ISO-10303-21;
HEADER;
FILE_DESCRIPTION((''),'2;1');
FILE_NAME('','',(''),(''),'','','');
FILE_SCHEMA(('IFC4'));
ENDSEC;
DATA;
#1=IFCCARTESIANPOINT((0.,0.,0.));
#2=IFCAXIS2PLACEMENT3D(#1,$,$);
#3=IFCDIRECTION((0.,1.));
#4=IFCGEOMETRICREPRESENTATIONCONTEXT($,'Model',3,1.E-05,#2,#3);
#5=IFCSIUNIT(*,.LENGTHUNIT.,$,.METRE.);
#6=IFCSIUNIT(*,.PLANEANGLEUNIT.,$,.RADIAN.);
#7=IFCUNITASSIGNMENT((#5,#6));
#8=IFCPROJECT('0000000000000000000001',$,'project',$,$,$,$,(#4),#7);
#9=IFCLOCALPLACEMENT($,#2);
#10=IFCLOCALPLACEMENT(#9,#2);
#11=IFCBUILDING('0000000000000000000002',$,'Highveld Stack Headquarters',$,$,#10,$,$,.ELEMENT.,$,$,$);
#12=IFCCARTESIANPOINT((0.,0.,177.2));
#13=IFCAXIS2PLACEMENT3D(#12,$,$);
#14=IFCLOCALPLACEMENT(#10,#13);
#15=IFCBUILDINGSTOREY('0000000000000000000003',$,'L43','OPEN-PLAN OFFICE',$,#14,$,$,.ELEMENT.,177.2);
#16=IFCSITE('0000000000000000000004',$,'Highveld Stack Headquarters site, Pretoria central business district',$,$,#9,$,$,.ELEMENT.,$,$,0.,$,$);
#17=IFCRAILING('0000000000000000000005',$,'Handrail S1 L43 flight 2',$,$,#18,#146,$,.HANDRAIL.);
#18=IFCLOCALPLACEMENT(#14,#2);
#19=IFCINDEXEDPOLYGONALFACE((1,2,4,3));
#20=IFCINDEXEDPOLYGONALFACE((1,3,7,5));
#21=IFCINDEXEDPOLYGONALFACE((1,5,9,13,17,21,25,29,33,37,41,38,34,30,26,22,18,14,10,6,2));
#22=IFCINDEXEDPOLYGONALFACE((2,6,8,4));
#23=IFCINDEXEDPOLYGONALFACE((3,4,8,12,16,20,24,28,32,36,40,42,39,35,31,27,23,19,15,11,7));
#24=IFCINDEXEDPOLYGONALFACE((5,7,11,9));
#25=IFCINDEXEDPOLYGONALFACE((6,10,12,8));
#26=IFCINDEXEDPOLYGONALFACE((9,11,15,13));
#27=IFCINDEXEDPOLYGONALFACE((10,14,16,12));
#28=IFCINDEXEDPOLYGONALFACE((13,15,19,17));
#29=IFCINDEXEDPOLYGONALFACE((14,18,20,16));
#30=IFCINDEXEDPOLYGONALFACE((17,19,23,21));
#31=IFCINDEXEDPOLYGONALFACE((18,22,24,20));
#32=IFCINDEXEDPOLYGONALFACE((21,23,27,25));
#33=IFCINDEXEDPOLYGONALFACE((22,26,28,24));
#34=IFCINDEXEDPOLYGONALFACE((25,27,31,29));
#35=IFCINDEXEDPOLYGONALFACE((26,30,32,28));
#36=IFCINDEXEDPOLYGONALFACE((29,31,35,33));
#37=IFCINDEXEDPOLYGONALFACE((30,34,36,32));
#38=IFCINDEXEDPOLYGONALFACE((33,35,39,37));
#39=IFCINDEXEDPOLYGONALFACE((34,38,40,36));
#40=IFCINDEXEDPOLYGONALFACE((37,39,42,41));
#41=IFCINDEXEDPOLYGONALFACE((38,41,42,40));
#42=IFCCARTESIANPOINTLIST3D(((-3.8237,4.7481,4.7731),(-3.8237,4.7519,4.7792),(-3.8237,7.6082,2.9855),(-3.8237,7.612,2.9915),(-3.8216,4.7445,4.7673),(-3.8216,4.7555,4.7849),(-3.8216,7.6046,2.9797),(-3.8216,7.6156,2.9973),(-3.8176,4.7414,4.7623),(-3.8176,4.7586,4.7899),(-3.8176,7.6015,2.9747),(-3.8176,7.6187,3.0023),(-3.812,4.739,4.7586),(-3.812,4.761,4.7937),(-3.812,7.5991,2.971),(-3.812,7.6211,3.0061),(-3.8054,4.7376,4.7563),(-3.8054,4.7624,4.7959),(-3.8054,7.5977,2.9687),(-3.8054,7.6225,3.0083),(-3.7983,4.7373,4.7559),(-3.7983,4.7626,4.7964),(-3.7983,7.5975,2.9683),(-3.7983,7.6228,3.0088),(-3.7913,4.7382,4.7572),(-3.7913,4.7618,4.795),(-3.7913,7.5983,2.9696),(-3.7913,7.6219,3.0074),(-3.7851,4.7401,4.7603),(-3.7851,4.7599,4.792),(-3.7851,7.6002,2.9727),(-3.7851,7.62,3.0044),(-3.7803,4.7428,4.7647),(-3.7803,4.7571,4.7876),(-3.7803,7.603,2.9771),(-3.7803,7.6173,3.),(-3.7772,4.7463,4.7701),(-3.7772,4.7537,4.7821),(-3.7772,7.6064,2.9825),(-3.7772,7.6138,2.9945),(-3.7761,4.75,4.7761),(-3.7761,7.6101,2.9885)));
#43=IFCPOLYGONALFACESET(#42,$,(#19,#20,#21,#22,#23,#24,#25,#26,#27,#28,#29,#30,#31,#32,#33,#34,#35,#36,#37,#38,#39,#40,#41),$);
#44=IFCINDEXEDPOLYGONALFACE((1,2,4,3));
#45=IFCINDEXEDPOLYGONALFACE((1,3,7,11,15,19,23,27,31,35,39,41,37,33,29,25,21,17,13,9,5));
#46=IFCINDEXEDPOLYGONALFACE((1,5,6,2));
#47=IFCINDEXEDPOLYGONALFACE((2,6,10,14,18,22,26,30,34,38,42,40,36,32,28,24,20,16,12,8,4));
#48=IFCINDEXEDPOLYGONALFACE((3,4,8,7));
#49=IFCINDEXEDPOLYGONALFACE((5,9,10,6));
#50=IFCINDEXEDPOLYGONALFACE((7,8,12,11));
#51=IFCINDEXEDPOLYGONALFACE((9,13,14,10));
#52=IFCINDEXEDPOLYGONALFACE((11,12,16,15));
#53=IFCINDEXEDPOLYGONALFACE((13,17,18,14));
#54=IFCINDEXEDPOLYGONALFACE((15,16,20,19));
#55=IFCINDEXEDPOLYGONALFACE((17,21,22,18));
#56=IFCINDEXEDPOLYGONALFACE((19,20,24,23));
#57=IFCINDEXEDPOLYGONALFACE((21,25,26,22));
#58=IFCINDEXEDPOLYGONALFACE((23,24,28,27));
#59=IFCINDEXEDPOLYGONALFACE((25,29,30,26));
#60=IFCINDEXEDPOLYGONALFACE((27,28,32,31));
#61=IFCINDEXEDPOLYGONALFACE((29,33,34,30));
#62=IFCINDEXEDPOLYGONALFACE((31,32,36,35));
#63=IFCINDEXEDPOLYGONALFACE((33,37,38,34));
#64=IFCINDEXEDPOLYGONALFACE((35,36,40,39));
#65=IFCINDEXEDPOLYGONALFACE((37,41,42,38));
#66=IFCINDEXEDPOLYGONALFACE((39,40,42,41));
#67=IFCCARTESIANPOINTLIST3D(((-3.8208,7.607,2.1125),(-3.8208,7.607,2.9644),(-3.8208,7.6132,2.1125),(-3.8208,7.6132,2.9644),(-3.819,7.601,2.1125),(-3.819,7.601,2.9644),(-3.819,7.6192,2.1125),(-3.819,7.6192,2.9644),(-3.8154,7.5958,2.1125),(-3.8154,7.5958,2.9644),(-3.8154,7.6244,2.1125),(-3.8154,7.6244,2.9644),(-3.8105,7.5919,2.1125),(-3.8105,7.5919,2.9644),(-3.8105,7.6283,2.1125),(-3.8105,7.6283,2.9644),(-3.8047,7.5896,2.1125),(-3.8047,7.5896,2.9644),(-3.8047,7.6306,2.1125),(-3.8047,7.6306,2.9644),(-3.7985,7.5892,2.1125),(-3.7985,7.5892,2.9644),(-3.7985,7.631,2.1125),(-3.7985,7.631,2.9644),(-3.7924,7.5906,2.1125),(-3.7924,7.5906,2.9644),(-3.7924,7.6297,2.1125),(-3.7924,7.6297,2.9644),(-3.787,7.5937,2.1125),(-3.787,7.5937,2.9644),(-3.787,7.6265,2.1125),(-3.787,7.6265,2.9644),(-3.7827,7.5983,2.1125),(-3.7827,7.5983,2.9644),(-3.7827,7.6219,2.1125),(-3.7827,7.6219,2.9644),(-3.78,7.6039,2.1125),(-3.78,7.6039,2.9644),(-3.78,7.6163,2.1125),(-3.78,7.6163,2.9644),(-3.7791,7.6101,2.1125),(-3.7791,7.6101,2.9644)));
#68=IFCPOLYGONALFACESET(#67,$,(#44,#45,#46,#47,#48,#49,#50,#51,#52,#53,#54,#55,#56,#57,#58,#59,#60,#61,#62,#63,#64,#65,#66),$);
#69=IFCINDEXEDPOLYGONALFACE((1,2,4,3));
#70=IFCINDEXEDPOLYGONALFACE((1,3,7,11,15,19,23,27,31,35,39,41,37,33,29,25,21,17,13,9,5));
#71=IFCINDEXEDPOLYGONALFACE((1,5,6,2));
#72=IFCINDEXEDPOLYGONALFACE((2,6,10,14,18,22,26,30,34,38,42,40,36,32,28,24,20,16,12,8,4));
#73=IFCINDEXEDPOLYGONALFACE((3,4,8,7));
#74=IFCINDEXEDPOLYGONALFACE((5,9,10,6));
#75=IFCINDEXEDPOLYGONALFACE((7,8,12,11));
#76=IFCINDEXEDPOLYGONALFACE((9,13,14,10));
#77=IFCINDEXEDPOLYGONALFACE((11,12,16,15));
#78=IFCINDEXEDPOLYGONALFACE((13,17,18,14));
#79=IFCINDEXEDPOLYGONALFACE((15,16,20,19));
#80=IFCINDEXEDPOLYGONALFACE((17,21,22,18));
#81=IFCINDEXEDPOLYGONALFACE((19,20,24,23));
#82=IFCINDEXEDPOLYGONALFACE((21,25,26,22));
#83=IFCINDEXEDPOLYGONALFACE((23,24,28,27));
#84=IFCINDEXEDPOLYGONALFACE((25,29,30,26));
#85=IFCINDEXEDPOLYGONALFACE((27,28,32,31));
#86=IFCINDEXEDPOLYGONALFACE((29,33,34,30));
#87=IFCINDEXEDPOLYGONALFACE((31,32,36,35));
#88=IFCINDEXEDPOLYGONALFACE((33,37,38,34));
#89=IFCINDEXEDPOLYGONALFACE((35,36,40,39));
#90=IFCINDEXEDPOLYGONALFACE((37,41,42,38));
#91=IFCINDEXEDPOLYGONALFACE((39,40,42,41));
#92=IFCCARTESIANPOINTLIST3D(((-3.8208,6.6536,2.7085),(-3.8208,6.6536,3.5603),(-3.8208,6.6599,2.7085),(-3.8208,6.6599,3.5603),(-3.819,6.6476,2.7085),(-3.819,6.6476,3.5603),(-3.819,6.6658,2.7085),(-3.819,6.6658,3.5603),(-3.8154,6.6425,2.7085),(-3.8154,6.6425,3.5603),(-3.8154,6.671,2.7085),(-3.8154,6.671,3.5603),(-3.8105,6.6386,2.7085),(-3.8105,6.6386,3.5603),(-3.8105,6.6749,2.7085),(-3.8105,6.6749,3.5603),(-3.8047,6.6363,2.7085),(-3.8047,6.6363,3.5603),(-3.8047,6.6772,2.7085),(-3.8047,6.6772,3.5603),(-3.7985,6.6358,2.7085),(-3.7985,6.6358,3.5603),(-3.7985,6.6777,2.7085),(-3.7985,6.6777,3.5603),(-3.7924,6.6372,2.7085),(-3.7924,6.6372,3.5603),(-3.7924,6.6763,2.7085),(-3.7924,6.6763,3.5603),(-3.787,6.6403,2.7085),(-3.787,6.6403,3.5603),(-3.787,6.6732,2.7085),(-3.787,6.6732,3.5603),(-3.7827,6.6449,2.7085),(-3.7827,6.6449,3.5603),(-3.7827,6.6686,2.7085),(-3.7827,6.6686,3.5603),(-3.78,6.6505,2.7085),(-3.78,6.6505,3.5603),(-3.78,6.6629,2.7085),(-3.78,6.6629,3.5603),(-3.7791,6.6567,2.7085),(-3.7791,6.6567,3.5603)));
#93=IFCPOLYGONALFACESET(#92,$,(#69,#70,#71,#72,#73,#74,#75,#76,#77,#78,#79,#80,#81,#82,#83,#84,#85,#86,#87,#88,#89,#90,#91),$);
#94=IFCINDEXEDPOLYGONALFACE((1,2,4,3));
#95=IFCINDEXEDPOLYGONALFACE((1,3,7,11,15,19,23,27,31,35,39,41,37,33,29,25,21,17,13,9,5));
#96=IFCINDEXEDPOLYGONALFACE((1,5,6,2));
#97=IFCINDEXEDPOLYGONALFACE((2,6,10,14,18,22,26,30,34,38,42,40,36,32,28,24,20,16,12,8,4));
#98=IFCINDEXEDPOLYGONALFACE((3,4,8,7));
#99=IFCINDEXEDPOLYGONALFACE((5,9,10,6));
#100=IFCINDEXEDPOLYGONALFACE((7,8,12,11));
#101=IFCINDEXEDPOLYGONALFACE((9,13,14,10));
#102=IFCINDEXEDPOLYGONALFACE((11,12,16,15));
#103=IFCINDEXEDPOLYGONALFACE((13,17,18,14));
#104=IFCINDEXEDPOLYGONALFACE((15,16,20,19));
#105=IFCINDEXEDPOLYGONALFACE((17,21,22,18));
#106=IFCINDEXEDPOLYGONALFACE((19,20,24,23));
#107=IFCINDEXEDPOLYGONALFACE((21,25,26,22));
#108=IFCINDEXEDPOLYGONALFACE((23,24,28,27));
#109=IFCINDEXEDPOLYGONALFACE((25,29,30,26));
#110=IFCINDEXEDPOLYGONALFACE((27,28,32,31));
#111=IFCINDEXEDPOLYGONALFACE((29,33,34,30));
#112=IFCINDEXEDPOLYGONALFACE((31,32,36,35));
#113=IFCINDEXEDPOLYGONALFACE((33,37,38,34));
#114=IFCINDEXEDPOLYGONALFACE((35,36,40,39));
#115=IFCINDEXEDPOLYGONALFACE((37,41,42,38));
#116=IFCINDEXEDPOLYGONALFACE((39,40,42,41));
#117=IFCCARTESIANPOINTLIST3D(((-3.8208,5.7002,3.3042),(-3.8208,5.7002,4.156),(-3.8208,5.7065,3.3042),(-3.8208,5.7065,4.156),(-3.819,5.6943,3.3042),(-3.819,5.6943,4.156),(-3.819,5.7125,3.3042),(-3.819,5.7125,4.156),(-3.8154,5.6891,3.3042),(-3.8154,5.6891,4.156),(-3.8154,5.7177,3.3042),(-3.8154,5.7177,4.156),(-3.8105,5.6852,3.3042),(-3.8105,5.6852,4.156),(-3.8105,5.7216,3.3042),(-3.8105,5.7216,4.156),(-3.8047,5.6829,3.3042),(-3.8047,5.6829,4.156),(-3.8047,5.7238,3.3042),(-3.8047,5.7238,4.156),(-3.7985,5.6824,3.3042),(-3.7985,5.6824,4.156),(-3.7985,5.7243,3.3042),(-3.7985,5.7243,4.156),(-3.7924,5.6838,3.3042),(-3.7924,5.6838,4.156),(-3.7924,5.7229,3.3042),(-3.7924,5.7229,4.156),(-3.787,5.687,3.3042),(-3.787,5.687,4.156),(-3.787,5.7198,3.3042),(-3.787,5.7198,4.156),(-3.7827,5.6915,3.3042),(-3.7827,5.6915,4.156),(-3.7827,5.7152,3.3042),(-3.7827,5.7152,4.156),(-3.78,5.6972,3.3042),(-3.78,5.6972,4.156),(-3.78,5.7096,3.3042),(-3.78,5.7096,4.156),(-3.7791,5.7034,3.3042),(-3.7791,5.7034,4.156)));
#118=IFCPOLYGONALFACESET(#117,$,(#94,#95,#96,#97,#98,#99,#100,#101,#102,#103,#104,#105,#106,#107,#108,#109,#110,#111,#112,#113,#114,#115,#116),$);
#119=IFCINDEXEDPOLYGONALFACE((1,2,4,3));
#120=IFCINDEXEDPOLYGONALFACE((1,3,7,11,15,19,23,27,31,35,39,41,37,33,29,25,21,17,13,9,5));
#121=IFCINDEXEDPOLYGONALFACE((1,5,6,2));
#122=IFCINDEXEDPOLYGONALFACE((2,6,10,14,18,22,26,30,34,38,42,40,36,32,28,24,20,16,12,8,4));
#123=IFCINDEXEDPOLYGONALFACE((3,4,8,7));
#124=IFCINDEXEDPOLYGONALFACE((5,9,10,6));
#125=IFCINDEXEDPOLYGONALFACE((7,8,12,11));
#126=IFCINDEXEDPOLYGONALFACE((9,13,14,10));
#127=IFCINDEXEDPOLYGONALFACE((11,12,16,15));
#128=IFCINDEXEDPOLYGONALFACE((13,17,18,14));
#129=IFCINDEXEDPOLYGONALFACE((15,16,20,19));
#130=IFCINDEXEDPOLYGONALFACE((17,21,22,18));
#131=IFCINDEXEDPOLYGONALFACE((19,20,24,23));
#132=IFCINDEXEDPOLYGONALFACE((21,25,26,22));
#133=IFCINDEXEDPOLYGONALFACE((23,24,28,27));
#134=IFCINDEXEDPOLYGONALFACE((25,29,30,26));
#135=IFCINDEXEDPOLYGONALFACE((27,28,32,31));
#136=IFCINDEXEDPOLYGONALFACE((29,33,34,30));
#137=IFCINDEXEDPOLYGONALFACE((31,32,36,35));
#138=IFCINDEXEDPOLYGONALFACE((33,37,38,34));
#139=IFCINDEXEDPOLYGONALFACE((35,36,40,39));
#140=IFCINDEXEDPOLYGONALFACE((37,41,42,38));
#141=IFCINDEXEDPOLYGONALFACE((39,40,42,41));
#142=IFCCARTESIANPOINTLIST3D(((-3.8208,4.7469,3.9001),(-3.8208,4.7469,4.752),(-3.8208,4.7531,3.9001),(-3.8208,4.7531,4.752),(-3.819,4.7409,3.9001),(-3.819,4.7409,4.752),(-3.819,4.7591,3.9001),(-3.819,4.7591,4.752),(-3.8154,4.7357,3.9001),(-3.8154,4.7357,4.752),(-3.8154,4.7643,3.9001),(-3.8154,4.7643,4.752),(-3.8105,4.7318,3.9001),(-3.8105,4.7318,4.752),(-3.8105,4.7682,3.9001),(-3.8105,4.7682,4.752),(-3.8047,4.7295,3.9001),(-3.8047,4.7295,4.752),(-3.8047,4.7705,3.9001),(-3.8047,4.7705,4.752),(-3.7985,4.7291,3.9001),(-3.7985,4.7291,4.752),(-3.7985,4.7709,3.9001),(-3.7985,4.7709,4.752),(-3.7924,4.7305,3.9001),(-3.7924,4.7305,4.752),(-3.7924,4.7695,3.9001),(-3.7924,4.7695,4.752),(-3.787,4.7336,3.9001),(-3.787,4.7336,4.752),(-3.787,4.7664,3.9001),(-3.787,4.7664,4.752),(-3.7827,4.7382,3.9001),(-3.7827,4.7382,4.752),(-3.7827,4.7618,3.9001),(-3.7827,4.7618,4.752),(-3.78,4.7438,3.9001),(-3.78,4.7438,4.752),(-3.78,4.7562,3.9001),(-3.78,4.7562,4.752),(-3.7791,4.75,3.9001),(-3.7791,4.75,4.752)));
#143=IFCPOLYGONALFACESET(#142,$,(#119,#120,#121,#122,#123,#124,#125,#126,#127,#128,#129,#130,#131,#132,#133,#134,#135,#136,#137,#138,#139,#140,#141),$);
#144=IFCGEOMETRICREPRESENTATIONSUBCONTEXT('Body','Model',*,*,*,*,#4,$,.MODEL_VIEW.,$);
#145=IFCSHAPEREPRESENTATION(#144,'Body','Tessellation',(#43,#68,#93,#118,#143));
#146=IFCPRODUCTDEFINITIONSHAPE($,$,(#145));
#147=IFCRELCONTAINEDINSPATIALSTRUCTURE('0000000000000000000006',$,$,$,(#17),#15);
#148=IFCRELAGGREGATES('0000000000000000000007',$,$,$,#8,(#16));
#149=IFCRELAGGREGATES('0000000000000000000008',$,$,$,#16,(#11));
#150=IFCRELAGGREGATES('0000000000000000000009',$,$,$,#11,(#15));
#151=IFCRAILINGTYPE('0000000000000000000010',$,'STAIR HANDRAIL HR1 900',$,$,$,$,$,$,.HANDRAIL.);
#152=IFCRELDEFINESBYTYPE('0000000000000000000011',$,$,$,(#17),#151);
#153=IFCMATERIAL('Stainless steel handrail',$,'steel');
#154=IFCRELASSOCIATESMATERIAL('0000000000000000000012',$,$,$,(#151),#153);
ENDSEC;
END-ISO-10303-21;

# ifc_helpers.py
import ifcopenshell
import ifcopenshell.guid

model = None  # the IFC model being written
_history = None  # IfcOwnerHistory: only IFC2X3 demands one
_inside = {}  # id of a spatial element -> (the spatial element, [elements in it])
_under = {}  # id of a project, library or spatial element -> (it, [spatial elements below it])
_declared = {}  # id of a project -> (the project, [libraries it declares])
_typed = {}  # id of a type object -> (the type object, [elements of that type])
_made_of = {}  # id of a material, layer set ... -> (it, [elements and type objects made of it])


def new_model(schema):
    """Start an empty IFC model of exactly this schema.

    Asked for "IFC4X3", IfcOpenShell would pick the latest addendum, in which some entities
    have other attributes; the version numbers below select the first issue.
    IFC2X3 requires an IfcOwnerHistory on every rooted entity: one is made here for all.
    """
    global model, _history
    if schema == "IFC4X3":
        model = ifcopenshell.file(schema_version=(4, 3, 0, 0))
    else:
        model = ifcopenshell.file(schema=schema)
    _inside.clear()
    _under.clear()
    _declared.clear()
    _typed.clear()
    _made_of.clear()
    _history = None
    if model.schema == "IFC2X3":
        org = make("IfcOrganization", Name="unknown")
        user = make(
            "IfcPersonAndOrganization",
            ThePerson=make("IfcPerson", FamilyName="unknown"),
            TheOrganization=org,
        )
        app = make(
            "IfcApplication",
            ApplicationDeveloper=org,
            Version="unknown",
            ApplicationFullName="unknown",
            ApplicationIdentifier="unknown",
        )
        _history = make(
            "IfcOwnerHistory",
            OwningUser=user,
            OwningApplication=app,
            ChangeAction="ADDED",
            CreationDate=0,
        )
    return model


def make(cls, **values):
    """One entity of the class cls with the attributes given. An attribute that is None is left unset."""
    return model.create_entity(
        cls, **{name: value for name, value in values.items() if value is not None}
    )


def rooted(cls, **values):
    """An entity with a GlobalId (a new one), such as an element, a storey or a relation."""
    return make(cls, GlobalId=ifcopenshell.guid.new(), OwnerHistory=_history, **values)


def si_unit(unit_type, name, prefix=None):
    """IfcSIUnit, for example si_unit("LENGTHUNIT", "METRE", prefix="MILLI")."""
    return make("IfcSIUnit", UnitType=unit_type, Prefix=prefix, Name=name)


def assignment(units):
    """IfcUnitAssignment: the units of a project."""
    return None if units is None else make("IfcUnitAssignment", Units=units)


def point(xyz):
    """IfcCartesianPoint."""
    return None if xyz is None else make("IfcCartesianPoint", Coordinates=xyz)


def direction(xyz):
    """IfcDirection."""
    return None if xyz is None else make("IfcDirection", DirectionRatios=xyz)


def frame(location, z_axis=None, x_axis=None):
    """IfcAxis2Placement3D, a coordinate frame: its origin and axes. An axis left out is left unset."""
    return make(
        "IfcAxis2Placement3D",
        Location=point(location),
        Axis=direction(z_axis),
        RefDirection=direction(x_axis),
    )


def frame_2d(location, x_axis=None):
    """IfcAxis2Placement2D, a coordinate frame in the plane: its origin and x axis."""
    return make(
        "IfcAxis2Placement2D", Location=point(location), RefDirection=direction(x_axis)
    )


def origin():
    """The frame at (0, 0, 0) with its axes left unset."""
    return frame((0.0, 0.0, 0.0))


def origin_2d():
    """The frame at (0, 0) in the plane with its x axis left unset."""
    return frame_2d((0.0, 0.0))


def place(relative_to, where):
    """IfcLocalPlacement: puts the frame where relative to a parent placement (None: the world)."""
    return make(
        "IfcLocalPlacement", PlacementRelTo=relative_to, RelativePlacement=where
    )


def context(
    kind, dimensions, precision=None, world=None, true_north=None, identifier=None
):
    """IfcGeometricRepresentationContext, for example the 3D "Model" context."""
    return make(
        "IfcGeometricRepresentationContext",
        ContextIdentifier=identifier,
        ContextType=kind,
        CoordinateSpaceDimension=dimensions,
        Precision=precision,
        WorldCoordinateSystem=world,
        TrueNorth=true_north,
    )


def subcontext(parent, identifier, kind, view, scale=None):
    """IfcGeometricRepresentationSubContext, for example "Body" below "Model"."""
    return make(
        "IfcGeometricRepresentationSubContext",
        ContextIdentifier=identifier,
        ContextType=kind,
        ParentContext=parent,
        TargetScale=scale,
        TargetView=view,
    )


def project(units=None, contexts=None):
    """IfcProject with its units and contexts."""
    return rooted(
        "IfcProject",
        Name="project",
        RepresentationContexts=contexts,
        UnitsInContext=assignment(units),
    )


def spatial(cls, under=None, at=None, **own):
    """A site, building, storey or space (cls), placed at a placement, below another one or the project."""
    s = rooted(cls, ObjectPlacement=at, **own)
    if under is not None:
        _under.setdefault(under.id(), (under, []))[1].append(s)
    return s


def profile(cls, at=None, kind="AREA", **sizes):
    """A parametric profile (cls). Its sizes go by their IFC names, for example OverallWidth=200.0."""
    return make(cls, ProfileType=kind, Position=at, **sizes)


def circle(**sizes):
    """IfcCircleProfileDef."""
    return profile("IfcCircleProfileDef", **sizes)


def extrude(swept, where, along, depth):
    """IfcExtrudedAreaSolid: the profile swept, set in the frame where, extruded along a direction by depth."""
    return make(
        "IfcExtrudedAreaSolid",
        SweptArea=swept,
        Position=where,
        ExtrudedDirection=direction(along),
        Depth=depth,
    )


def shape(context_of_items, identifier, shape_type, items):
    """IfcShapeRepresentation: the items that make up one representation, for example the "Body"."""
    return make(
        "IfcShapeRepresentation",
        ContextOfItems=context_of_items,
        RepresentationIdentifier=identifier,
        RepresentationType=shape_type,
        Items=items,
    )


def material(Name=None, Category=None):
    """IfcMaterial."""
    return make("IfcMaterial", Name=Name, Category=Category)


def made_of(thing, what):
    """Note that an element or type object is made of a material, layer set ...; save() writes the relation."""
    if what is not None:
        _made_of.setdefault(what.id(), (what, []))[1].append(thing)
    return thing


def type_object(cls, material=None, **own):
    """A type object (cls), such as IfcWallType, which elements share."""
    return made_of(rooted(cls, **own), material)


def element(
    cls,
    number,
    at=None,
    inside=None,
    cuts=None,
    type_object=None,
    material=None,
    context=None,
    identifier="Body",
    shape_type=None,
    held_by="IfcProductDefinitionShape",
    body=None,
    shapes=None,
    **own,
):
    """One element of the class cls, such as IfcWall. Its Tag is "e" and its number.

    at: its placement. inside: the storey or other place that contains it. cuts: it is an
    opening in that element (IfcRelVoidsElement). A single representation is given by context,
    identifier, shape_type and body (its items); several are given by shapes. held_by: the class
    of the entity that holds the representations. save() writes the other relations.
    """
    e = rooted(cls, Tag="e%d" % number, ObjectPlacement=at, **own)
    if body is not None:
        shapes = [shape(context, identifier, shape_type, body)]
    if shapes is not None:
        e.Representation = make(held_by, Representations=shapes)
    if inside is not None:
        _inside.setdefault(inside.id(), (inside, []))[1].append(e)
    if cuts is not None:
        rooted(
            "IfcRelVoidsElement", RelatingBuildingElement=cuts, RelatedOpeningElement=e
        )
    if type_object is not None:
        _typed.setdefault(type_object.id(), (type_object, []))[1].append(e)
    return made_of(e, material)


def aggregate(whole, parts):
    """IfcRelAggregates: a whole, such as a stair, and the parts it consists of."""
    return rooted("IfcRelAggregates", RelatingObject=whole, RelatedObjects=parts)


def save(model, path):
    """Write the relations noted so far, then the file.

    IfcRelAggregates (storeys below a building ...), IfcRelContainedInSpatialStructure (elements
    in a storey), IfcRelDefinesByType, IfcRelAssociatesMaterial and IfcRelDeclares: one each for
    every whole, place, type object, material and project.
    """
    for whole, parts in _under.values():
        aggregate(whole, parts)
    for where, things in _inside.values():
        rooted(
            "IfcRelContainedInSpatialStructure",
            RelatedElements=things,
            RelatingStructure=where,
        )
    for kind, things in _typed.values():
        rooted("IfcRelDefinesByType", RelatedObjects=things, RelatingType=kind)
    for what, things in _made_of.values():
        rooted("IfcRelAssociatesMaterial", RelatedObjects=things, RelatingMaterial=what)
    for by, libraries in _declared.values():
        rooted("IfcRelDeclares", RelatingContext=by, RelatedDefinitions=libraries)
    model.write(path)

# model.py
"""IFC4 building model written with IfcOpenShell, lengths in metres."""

from ifc_helpers import new_model, si_unit, direction, frame, origin, origin_2d, place, context, subcontext, project, spatial, circle, extrude, material, type_object, element, save


model = new_model("IFC4")

# Units and contexts
model_context = context("Model", 3, precision=1e-05, world=origin(), true_north=direction((0.0, 1.0)))
body_context = subcontext(model_context, "Body", "Model", "MODEL_VIEW")
ifc_project = project(units=[si_unit("LENGTHUNIT", "METRE"), si_unit("PLANEANGLEUNIT", "RADIAN")], contexts=[model_context])

# Site, building, storey
site_placement = place(None, origin())
site = spatial("IfcSite", under=ifc_project, at=site_placement, Name="Highveld Stack Headquarters site, Pretoria central business district", CompositionType="ELEMENT", RefElevation=0.0)
building_placement = place(site_placement, origin())
building = spatial("IfcBuilding", under=site, at=building_placement, Name="Highveld Stack Headquarters", CompositionType="ELEMENT")
storey_placement = place(building_placement, frame((0.0, 0.0, 177.2)))
storey = spatial("IfcBuildingStorey", under=building, at=storey_placement, Name="L43", Description="OPEN-PLAN OFFICE", CompositionType="ELEMENT", Elevation=177.2)

# Railing
ifc_material_1 = material(Name="Stainless steel handrail", Category="steel")
railing_type = type_object("IfcRailingType", Name="STAIR HANDRAIL HR1 900", PredefinedType="HANDRAIL", material=ifc_material_1)
railing_placement = place(storey_placement, frame((-3.8, 7.6101, 2.1125)))
element("IfcRailing", 1, at=railing_placement, inside=storey, type_object=railing_type, Name="Handrail S1 L43 flight 2", PredefinedType="HANDRAIL", context=body_context, shape_type="SweptSolid", body=[
    extrude(circle(Radius=0.0239, at=origin_2d()), frame((0.0, 0.0, 0.876), z_axis=(0.0, -0.847994, 0.530005), x_axis=(1.0, 0.0, 0.0)), (0.0, 0.0, 1.0), 3.3728),
    extrude(circle(Radius=0.021, at=origin_2d()), origin(), (0.0, 0.0, 1.0), 0.8518),
    extrude(circle(Radius=0.021, at=origin_2d()), frame((0.0, -0.9534, 0.5959)), (0.0, 0.0, 1.0), 0.8518),
    extrude(circle(Radius=0.021, at=origin_2d()), frame((0.0, -1.9067, 1.1917)), (0.0, 0.0, 1.0), 0.8518),
    extrude(circle(Radius=0.021, at=origin_2d()), frame((0.0, -2.8601, 1.7876)), (0.0, 0.0, 1.0), 0.8518),
])

save(model, "model.ifc")
